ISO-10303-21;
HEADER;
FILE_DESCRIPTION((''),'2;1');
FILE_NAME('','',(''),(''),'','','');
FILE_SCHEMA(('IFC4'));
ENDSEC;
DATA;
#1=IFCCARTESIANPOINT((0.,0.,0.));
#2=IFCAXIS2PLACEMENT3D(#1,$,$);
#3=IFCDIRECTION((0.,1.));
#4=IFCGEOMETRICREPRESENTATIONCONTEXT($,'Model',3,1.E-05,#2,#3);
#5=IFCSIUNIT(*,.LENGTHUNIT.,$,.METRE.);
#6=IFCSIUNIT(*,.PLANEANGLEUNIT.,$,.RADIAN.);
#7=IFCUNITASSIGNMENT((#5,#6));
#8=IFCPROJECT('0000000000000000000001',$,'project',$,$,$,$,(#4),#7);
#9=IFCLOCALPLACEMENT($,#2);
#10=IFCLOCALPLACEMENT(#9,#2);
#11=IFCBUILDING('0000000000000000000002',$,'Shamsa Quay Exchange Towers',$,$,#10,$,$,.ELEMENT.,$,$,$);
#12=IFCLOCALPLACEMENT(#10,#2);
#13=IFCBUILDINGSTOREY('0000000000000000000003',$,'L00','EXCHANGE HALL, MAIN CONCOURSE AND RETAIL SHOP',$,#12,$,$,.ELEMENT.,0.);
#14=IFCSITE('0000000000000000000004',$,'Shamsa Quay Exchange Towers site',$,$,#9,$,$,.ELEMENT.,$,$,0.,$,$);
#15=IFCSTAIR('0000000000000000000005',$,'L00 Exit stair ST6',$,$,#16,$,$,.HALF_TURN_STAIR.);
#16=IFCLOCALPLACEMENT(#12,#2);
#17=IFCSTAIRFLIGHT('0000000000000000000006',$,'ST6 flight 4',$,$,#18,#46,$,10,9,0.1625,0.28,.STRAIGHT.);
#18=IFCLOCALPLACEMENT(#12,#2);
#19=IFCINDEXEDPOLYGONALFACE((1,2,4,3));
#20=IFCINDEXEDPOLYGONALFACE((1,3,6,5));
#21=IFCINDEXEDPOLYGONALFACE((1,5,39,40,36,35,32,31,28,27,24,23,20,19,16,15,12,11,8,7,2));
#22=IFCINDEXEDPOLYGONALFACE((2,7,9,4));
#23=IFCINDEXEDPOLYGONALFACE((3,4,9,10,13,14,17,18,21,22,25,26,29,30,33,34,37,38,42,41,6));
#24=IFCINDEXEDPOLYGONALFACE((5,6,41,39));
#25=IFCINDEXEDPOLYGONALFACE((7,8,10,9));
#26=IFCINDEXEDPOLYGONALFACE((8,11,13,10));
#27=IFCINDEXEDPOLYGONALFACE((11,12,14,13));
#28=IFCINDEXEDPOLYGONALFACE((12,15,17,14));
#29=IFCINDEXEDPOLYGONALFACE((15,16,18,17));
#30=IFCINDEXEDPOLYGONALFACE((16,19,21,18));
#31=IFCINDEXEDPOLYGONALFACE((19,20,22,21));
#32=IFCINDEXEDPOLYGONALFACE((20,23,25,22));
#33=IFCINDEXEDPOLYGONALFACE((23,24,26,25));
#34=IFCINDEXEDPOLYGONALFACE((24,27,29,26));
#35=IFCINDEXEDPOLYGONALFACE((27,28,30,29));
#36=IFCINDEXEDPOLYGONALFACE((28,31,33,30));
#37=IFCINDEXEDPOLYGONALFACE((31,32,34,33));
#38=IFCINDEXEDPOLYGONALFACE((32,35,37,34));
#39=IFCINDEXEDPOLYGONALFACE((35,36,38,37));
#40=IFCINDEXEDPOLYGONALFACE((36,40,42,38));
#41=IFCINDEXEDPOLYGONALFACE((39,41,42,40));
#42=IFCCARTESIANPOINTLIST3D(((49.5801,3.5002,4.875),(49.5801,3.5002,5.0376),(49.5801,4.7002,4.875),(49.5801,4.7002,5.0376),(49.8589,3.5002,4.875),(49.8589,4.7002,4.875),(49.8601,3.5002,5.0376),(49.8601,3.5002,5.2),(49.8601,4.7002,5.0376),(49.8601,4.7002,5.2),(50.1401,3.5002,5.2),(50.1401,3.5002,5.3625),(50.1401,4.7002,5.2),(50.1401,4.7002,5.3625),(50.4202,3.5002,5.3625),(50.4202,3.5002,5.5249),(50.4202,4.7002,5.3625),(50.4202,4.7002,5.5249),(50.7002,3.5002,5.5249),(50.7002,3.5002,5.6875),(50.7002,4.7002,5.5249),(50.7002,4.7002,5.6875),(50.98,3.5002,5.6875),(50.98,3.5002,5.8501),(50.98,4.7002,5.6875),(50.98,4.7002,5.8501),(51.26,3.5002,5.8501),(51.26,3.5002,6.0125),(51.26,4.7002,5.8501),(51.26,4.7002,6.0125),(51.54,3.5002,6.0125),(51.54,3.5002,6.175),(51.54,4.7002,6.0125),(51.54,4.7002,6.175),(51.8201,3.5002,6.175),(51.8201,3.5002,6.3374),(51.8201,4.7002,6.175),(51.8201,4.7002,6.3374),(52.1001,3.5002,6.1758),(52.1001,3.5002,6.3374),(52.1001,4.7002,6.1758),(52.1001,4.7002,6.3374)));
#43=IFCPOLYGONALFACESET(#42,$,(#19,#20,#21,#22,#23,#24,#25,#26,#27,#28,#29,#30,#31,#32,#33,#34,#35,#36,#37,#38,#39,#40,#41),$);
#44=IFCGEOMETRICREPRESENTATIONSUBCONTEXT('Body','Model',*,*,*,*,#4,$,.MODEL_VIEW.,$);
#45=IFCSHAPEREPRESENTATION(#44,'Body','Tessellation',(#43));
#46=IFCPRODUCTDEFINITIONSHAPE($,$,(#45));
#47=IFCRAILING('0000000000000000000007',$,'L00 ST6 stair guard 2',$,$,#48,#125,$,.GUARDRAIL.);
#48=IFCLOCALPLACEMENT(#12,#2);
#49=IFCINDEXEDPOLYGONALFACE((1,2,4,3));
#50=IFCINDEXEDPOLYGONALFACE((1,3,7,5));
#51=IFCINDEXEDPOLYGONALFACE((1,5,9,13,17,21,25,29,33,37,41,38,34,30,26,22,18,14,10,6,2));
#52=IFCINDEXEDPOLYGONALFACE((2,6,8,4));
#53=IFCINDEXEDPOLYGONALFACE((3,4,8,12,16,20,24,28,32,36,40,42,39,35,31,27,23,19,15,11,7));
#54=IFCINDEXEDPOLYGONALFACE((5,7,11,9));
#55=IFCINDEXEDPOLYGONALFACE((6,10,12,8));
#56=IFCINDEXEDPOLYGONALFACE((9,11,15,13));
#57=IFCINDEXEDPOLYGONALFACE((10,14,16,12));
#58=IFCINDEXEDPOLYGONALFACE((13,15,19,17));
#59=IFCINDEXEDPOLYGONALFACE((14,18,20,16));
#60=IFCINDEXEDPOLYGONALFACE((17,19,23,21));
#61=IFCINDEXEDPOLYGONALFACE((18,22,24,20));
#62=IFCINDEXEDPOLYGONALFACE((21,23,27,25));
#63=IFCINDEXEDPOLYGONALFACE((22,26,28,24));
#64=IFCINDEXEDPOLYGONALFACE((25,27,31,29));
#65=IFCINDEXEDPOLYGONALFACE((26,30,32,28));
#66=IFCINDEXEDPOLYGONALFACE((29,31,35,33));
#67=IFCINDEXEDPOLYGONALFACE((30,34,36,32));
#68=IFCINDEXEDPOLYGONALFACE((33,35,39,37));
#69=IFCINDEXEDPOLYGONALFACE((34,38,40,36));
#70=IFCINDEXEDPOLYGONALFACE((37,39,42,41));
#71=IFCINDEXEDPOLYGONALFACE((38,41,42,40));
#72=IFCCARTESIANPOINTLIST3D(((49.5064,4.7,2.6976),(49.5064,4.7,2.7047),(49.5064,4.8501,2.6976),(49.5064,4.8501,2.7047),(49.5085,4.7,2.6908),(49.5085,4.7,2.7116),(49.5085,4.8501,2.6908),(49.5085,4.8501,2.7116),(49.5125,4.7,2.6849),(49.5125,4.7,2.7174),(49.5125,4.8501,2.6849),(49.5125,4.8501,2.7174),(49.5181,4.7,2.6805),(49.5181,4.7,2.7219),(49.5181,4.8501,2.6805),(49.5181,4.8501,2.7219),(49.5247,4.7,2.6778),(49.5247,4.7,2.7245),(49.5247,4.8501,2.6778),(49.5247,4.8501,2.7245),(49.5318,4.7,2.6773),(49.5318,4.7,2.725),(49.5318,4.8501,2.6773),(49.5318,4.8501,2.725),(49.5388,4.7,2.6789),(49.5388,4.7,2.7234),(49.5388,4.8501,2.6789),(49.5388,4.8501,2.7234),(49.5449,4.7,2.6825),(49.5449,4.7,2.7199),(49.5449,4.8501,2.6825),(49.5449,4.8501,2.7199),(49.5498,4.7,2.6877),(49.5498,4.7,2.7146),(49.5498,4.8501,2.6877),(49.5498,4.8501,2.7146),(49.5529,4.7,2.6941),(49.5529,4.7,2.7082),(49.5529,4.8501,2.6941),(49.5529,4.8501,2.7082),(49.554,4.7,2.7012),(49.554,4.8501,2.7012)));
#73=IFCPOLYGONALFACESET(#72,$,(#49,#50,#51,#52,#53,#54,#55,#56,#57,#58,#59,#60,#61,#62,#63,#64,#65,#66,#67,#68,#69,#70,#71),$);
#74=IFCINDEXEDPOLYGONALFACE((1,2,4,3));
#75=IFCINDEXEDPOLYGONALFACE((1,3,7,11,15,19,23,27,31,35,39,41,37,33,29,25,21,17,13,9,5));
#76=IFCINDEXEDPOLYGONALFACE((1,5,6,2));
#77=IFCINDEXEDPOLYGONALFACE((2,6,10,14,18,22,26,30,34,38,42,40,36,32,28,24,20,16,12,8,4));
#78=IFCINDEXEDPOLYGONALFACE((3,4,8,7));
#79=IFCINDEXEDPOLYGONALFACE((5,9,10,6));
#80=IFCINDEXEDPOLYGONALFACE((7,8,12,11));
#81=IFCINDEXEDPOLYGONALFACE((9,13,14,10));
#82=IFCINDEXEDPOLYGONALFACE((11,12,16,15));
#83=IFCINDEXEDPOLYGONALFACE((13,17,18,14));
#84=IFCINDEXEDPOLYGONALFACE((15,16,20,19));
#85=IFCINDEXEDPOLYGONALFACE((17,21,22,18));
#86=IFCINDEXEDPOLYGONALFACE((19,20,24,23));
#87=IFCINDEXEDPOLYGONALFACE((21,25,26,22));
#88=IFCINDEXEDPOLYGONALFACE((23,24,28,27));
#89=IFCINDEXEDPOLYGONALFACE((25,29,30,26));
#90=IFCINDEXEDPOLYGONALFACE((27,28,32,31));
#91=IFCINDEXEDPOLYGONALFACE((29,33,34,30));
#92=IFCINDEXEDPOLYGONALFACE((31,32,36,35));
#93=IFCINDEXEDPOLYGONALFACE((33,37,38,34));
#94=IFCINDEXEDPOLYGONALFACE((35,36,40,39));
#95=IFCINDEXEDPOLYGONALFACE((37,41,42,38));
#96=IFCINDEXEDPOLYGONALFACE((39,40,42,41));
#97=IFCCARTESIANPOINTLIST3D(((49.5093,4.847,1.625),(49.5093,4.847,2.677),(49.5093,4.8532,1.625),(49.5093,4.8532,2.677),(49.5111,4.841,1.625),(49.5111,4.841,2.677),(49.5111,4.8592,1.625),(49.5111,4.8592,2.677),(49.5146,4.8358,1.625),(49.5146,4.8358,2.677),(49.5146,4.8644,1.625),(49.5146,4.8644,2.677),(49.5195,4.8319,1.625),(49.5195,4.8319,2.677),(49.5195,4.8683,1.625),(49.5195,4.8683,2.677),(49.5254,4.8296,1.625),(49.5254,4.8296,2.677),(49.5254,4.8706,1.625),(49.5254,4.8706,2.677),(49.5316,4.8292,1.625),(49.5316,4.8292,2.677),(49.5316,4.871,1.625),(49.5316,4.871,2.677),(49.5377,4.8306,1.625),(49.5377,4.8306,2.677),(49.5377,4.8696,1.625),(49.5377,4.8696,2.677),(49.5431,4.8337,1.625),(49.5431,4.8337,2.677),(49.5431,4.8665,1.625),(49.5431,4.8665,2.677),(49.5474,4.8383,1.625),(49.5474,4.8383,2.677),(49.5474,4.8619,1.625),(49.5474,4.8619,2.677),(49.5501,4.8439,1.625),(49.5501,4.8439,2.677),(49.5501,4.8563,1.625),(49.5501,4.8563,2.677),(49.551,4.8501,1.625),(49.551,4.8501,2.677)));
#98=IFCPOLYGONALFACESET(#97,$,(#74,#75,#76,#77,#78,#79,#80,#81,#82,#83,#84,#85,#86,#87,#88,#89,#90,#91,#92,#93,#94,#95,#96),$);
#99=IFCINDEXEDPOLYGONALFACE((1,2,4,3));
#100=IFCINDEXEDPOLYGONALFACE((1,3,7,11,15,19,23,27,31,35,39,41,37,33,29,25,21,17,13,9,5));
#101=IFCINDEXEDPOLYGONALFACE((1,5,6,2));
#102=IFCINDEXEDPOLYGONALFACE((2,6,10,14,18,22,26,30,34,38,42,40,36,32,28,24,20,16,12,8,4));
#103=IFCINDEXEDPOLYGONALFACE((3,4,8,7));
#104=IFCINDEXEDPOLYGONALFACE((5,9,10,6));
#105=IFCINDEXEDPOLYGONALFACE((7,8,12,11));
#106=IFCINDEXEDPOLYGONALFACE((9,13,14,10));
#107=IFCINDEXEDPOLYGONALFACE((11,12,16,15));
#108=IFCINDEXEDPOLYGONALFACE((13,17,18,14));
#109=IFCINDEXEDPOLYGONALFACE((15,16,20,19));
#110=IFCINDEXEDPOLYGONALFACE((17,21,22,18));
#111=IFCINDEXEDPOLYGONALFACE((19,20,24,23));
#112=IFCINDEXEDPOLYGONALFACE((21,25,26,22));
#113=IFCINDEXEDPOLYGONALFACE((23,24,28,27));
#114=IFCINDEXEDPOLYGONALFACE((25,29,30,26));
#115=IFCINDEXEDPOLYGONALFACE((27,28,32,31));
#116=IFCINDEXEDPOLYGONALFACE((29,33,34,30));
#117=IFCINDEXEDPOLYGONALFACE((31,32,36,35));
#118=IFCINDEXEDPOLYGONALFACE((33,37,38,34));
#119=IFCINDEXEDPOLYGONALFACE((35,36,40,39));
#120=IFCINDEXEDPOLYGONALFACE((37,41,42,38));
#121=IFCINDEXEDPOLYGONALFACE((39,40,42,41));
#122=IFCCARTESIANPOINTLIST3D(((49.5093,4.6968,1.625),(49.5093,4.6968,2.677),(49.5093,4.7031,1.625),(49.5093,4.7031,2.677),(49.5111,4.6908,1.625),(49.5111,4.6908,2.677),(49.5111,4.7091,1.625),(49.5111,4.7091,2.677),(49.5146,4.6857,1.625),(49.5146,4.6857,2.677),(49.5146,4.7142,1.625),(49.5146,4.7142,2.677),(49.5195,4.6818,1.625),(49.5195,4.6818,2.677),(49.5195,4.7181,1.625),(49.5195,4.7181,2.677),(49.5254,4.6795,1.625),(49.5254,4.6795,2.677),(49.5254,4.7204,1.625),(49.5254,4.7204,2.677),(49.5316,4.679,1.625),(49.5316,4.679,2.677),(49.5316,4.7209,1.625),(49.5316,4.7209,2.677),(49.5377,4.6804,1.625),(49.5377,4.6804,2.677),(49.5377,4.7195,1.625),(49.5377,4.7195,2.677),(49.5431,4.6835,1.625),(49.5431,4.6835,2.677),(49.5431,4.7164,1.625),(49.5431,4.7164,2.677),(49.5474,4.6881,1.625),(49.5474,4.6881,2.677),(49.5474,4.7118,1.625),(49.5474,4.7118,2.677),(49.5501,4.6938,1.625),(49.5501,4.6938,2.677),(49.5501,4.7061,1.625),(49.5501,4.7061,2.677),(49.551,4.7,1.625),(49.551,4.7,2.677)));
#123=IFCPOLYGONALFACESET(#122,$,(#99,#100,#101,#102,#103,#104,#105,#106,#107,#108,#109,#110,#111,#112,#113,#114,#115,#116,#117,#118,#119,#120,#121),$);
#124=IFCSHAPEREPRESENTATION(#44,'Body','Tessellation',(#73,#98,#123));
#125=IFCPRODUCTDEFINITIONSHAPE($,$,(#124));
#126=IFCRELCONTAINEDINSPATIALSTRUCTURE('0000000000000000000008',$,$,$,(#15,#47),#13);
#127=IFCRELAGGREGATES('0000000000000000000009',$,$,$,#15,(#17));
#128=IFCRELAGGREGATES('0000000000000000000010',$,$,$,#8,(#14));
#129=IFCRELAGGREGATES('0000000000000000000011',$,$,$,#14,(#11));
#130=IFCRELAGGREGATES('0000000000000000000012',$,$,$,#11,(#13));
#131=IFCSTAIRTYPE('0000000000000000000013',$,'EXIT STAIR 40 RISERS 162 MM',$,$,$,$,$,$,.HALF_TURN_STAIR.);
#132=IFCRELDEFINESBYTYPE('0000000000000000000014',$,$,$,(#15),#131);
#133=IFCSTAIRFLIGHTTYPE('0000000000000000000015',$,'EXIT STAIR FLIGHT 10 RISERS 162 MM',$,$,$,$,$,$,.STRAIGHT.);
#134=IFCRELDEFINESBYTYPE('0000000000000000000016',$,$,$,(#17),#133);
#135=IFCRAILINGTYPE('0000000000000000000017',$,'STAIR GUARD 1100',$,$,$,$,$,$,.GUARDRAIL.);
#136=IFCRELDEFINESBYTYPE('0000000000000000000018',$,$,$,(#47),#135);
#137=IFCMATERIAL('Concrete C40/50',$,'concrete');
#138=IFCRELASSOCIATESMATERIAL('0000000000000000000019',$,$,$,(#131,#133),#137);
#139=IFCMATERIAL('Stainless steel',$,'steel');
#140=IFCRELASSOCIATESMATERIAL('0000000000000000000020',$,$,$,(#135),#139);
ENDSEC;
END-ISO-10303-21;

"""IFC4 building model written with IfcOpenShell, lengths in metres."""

from ifc_helpers import new_model, si_unit, direction, frame, origin, origin_2d, place, context, subcontext, project, spatial, polyline, circle, outline, extrude, material, type_object, element, aggregate, save


model = new_model("IFC4")

# Units and contexts
model_context = context("Model", 3, precision=1e-05, world=origin(), true_north=direction((0.0, 1.0)))
body_context = subcontext(model_context, "Body", "Model", "MODEL_VIEW")
ifc_project = project(units=[si_unit("LENGTHUNIT", "METRE"), si_unit("PLANEANGLEUNIT", "RADIAN")], contexts=[model_context])

# Site, building, storey
site_placement = place(None, origin())
site = spatial("IfcSite", under=ifc_project, at=site_placement, Name="Shamsa Quay Exchange Towers site", CompositionType="ELEMENT", RefElevation=0.0)
building_placement = place(site_placement, origin())
building = spatial("IfcBuilding", under=site, at=building_placement, Name="Shamsa Quay Exchange Towers", CompositionType="ELEMENT")
storey_placement = place(building_placement, origin())
storey = spatial("IfcBuildingStorey", under=building, at=storey_placement, Name="L00", Description="EXCHANGE HALL, MAIN CONCOURSE AND RETAIL SHOP", CompositionType="ELEMENT", Elevation=0.0)

# Shared definitions
ifc_material_1 = material(Name="Concrete C40/50", Category="concrete")

# Stair, stair flight
stair_type = type_object("IfcStairType", Name="EXIT STAIR 40 RISERS 162 MM", PredefinedType="HALF_TURN_STAIR", material=ifc_material_1)
stair_placement = place(storey_placement, origin())
stair = element("IfcStair", 1, at=stair_placement, inside=storey, type_object=stair_type, Name="L00 Exit stair ST6", PredefinedType="HALF_TURN_STAIR")
stair_flight_type = type_object("IfcStairFlightType", Name="EXIT STAIR FLIGHT 10 RISERS 162 MM", PredefinedType="STRAIGHT", material=ifc_material_1)
stair_flight_1_placement = place(storey_placement, frame((49.5801, 4.1001, 4.875)))
stair_flight_1 = element("IfcStairFlight", 2, at=stair_flight_1_placement, type_object=stair_flight_type, Name="ST6 flight 4", NumberOfRisers=10, NumberOfTreads=9, PredefinedType="STRAIGHT", RiserHeight=0.1625, TreadLength=0.28, context=body_context, shape_type="SweptSolid", body=[
    extrude(outline(polyline([(0.0, 0.0), (0.0, 0.1626), (0.28, 0.1626), (0.28, 0.325), (0.5601, 0.325), (0.5601, 0.4875), (0.8401, 0.4875), (0.8401, 0.6499), (1.1201, 0.6499), (1.1201, 0.8125), (1.3999, 0.8125), (1.3999, 0.9751), (1.6799, 0.9751), (1.6799, 1.1375), (1.96, 1.1375), (1.96, 1.3), (2.24, 1.3), (2.24, 1.4624), (2.52, 1.4624), (2.52, 1.625), (2.52, 1.3008), (0.2788, 0.0), (0.0, 0.0)])), frame((0.0, 0.6001, 0.0), z_axis=(0.0, -1.0, 0.0), x_axis=(1.0, 0.0, 0.0)), (0.0, 0.0, 1.0), 1.2),
])
aggregate(stair, [stair_flight_1])

# Railing
ifc_material_2 = material(Name="Stainless steel", Category="steel")
railing_type_1 = type_object("IfcRailingType", Name="STAIR GUARD 1100", PredefinedType="GUARDRAIL", material=ifc_material_2)
railing_1_placement = place(storey_placement, frame((49.53, 4.8501, 1.625)))
element("IfcRailing", 3, at=railing_1_placement, inside=storey, type_object=railing_type_1, Name="L00 ST6 stair guard 2", PredefinedType="GUARDRAIL", context=body_context, shape_type="SweptSolid", body=[
    extrude(circle(Radius=0.0239, at=origin_2d()), frame((0.0, 0.0, 1.0762), z_axis=(0.0, -1.0, 0.0), x_axis=(1.0, 0.0, 0.0)), (0.0, 0.0, 1.0), 0.1501),
    extrude(circle(Radius=0.021, at=origin_2d()), origin(), (0.0, 0.0, 1.0), 1.052),
    extrude(circle(Radius=0.021, at=origin_2d()), frame((0.0, -0.1501, 0.0)), (0.0, 0.0, 1.0), 1.052),
])

save(model, "model.ifc")
